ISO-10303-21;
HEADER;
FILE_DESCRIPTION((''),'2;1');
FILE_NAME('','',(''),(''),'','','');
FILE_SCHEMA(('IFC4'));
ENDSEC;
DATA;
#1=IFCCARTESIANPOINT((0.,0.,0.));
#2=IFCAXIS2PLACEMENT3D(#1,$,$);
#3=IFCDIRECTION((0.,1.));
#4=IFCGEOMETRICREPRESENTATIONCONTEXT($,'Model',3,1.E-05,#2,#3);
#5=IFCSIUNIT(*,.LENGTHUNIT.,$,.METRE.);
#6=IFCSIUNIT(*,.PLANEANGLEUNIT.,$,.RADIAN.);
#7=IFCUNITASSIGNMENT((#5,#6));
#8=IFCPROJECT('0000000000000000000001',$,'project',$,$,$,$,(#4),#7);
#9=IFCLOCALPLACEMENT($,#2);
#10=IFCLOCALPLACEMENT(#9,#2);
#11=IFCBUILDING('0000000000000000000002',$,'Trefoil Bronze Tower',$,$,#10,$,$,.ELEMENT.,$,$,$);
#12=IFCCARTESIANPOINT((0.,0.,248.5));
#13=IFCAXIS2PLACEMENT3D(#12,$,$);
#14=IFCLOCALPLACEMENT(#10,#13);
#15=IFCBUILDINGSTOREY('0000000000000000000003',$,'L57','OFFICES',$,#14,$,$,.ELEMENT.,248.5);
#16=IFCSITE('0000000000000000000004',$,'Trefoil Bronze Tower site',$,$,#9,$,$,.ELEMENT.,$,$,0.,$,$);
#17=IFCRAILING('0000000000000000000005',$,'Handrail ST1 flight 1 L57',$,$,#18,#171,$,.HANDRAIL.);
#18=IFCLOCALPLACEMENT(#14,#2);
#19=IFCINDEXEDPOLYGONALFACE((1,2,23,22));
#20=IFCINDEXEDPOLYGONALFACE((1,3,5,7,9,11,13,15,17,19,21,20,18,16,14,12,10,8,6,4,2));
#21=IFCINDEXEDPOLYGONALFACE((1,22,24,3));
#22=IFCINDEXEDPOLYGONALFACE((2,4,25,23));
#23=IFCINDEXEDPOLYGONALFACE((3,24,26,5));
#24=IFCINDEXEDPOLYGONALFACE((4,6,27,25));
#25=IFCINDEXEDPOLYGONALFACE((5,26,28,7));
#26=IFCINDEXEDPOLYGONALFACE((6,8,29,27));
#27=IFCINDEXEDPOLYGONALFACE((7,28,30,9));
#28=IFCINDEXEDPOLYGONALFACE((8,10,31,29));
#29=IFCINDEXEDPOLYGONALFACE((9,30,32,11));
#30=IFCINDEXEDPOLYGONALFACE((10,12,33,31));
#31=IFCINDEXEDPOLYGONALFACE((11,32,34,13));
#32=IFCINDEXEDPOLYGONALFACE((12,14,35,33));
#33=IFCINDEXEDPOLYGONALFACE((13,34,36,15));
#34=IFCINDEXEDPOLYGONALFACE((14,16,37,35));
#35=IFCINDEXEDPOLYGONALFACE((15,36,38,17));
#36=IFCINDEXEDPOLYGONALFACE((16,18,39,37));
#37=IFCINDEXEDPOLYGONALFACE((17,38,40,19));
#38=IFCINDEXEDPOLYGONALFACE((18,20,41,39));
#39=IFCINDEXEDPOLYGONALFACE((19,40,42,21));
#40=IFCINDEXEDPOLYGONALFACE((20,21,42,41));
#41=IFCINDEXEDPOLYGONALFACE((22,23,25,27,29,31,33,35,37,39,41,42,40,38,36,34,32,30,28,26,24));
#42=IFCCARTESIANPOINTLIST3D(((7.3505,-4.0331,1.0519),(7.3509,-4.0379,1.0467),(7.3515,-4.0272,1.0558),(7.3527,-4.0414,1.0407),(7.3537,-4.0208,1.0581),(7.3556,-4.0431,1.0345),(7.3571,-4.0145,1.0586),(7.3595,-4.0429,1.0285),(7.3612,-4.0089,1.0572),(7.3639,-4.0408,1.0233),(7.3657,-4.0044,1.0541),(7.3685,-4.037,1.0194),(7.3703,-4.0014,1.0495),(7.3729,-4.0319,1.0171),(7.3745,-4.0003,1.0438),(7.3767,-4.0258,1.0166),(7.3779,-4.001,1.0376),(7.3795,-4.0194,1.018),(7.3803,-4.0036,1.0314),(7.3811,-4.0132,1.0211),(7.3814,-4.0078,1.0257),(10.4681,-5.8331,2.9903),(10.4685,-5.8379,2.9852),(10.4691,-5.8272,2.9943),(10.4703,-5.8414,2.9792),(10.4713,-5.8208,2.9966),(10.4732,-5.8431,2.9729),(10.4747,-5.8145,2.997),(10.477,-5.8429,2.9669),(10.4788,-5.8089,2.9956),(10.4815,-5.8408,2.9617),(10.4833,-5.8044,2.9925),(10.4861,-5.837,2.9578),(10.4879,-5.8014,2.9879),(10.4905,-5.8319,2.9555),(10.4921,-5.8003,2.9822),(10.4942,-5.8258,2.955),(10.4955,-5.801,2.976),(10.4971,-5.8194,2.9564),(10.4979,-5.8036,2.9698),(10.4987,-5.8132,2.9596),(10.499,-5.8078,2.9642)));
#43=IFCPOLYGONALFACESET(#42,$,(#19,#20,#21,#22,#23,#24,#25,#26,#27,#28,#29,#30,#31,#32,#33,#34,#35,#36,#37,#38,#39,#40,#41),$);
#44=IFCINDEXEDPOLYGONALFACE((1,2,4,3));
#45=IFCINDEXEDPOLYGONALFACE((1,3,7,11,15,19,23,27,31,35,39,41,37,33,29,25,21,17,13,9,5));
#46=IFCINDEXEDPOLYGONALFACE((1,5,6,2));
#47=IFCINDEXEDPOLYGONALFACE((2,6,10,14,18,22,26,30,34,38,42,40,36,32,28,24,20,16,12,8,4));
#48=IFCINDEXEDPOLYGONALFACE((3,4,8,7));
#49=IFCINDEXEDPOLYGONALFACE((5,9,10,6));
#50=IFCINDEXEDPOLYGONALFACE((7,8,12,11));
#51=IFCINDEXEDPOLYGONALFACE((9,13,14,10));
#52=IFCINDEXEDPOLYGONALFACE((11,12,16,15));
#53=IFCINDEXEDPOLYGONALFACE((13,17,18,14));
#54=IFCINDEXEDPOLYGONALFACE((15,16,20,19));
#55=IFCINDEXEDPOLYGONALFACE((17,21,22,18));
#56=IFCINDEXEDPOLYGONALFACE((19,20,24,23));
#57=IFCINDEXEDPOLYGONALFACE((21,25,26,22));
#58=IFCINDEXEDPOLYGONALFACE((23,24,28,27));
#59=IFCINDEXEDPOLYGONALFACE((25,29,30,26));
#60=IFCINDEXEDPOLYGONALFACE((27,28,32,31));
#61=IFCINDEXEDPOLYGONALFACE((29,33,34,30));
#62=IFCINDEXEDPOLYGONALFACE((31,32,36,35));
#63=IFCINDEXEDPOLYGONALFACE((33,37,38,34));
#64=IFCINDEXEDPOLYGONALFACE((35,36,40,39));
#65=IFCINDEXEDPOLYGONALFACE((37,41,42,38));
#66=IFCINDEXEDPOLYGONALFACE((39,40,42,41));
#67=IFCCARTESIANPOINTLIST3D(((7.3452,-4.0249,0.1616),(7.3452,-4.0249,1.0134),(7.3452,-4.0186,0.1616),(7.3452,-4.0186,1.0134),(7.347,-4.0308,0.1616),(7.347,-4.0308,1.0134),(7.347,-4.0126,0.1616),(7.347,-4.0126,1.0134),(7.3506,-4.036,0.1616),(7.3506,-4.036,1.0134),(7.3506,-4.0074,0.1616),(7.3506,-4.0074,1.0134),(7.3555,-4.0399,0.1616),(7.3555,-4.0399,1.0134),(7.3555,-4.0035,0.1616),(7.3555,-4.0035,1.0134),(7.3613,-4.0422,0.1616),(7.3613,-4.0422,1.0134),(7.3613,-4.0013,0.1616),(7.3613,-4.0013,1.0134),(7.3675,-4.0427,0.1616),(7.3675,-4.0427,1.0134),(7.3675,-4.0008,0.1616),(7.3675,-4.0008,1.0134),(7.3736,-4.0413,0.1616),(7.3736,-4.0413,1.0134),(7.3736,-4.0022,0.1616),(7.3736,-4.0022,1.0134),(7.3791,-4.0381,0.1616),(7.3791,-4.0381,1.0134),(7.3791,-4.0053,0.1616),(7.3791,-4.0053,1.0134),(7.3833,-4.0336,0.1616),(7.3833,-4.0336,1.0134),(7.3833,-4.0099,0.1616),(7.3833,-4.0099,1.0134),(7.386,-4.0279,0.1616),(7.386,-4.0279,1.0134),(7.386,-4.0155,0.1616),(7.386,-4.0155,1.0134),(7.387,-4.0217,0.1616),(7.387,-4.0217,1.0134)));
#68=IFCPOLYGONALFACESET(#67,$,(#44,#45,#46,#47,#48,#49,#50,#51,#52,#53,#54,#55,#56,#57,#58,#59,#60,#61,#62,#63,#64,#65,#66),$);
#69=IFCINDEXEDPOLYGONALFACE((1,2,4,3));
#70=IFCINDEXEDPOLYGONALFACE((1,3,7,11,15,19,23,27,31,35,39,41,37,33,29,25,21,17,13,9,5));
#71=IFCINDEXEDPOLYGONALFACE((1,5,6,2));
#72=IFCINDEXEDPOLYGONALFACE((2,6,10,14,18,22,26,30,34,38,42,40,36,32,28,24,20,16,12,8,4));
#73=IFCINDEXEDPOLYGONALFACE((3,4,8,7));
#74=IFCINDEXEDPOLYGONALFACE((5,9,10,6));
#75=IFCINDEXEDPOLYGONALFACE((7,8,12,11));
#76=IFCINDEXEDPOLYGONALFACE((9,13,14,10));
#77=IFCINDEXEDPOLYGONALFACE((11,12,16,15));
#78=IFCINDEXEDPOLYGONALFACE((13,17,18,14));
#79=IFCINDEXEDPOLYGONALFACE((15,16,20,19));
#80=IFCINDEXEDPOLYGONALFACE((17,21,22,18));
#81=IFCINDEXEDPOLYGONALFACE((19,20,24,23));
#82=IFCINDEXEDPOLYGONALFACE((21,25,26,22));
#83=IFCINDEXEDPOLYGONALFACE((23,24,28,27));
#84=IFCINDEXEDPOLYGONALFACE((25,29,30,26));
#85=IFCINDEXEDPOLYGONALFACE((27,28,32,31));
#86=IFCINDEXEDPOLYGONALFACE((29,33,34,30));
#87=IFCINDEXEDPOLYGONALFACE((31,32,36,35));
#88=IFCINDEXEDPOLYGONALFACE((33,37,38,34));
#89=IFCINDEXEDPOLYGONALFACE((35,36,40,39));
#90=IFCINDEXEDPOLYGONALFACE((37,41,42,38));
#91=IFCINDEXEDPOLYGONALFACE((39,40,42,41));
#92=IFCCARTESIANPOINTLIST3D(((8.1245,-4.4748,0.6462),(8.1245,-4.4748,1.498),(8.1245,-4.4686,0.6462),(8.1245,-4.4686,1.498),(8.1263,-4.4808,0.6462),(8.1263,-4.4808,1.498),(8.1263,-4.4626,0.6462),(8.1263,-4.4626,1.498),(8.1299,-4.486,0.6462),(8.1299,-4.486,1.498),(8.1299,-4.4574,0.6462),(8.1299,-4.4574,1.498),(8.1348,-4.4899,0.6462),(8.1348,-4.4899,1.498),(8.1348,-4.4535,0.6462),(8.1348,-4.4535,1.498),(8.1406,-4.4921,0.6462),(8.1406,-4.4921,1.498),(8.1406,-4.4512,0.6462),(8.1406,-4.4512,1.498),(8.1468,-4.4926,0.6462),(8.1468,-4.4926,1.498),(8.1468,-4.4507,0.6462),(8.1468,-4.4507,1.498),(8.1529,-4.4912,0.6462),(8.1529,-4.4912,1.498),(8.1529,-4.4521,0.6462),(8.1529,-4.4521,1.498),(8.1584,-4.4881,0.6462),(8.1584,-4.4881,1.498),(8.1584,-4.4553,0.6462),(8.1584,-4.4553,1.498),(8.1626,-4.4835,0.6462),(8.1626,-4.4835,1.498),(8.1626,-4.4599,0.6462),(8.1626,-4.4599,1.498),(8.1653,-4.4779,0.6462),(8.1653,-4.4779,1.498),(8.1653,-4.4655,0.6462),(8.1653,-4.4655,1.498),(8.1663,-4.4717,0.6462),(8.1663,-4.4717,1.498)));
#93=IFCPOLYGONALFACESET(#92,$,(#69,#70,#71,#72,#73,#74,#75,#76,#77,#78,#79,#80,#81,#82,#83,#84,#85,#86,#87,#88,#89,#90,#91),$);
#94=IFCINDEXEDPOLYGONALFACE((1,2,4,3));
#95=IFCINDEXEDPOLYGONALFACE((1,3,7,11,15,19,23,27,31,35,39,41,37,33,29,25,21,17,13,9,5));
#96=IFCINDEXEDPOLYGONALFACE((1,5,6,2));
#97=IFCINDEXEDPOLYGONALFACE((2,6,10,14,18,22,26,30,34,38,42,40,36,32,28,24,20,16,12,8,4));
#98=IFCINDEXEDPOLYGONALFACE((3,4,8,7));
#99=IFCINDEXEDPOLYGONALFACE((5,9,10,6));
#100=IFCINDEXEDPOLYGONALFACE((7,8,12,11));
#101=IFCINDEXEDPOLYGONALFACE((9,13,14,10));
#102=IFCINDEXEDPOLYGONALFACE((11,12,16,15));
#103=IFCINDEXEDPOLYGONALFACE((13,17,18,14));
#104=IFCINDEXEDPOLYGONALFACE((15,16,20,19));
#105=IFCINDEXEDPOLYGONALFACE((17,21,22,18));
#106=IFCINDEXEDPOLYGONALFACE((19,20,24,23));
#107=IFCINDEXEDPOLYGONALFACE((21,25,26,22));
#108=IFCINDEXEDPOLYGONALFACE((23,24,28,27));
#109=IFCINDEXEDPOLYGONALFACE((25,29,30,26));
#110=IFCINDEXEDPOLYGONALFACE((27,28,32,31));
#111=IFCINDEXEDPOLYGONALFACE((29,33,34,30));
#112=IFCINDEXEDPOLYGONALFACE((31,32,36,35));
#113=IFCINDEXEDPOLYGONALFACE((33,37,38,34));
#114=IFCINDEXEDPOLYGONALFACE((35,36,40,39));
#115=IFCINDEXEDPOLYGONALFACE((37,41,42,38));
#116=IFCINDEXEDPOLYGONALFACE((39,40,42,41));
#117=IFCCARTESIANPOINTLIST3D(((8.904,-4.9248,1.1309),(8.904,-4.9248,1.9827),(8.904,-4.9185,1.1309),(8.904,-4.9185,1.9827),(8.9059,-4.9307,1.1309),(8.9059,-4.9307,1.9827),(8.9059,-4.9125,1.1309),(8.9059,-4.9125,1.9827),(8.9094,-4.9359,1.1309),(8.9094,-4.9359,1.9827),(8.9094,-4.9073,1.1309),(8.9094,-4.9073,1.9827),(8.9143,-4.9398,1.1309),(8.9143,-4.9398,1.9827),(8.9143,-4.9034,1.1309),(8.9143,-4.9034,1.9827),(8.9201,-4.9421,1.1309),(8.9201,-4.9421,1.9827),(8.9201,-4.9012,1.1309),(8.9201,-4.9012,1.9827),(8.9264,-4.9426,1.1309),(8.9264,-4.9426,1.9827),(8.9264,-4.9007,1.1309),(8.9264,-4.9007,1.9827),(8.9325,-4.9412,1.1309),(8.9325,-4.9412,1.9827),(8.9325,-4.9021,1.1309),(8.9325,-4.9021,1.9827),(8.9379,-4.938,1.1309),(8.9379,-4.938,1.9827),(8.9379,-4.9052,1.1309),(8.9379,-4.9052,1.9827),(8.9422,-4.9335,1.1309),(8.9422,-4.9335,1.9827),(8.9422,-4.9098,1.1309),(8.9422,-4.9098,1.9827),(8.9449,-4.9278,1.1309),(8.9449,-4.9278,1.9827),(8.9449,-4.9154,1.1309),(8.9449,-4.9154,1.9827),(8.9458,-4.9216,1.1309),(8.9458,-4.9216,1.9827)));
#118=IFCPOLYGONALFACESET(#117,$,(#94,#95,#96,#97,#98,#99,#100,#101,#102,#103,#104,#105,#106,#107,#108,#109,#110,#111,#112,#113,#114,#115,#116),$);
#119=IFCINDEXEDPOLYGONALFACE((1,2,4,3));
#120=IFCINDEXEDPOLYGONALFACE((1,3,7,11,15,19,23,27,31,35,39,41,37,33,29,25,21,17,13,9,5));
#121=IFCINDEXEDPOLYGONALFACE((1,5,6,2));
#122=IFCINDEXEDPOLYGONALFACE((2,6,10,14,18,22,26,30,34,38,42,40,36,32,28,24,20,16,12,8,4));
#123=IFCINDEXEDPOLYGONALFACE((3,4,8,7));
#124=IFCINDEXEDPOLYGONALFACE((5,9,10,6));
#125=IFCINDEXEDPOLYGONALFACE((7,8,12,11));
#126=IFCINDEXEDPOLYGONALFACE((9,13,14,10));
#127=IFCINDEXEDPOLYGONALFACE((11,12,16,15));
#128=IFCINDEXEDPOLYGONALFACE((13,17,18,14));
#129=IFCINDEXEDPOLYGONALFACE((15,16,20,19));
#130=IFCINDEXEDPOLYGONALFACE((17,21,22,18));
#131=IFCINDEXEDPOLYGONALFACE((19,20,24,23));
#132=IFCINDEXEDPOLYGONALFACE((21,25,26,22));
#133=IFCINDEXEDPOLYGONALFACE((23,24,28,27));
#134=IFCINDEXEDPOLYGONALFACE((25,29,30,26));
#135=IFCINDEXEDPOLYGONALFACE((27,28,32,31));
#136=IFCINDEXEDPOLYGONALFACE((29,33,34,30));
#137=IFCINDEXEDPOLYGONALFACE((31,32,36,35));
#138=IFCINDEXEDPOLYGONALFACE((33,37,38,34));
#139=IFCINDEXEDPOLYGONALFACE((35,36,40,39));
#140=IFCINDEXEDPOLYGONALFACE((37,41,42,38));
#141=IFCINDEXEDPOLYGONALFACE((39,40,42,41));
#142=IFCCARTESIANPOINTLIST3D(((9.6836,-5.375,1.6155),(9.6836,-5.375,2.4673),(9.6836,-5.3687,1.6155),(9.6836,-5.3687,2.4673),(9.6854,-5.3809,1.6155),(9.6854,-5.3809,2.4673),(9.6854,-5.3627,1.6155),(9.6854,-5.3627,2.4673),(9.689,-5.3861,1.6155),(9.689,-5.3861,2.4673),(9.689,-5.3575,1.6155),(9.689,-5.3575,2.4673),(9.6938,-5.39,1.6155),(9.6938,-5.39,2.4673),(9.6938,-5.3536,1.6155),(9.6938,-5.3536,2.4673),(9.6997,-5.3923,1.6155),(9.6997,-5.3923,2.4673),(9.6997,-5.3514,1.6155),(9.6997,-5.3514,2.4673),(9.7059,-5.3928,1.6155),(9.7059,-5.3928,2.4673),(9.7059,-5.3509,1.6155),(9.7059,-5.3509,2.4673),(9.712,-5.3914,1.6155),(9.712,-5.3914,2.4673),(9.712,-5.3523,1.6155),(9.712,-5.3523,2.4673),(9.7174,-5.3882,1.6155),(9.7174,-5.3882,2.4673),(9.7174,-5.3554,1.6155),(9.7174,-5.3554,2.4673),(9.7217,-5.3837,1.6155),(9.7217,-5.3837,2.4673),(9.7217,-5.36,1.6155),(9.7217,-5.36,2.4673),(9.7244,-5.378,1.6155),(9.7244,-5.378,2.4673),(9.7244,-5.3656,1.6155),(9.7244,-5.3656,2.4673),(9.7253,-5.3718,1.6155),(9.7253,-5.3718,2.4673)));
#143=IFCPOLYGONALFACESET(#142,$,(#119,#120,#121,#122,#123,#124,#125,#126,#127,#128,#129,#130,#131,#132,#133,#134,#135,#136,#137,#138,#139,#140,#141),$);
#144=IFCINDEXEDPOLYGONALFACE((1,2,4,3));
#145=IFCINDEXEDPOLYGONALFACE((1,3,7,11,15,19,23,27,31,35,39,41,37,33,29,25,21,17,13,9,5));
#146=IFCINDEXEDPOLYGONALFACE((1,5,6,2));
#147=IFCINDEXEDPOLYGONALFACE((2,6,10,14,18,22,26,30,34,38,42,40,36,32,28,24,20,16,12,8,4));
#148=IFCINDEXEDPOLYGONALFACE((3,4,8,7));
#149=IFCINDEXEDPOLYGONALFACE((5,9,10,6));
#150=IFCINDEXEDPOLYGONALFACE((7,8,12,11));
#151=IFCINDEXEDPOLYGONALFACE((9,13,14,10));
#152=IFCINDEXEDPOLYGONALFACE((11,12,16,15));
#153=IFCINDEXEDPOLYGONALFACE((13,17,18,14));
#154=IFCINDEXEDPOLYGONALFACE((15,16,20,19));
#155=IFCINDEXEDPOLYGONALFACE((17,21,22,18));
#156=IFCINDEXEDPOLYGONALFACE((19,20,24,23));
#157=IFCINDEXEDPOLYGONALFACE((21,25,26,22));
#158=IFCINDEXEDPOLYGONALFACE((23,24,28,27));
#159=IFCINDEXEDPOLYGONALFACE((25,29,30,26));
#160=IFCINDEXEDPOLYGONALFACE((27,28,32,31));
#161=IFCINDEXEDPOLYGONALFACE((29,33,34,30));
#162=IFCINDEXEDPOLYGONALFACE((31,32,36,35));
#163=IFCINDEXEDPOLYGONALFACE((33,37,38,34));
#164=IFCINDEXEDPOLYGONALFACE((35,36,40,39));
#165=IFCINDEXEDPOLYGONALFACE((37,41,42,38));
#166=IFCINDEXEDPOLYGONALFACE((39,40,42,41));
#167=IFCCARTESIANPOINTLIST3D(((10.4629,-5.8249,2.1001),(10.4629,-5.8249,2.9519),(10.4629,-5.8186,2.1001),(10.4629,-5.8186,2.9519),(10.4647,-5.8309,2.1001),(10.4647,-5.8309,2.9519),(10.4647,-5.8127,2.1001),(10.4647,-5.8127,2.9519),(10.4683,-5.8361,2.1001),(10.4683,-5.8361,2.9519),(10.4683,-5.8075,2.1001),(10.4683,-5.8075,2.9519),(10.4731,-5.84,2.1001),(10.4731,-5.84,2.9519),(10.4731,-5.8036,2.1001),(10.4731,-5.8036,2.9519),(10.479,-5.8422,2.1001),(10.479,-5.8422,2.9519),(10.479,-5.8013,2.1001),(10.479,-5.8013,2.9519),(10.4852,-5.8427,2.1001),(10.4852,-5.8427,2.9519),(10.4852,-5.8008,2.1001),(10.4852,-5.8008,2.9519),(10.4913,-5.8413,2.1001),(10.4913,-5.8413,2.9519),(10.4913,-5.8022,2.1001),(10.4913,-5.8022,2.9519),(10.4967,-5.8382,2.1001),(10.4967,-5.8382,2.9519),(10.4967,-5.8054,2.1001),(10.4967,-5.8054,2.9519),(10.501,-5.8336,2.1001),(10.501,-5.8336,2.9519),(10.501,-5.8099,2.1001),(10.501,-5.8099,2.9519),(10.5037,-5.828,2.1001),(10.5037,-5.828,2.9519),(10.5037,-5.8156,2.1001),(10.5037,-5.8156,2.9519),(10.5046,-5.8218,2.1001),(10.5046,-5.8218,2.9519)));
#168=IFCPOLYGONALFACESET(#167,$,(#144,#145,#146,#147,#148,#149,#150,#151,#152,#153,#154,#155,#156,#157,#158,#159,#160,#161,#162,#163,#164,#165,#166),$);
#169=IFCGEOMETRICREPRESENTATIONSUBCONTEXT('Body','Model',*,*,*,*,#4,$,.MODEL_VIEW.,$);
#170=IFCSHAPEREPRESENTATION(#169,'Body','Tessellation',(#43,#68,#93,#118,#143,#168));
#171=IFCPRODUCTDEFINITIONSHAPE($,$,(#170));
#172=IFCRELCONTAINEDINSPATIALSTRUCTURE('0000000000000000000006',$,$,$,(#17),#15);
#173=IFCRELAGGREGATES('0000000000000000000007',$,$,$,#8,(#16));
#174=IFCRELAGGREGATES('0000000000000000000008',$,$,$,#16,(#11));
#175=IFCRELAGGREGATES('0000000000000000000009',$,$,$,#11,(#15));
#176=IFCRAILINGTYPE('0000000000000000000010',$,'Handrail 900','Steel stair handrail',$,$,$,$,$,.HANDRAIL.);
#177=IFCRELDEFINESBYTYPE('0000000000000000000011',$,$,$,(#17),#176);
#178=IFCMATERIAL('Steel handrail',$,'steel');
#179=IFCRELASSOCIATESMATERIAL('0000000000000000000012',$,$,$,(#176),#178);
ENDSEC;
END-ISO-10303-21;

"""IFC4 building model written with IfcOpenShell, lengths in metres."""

from ifc_helpers import new_model, si_unit, direction, frame, origin, origin_2d, place, context, subcontext, project, spatial, circle, extrude, material, type_object, element, save


model = new_model("IFC4")

# Units and contexts
model_context = context("Model", 3, precision=1e-05, world=origin(), true_north=direction((0.0, 1.0)))
body_context = subcontext(model_context, "Body", "Model", "MODEL_VIEW")
ifc_project = project(units=[si_unit("LENGTHUNIT", "METRE"), si_unit("PLANEANGLEUNIT", "RADIAN")], contexts=[model_context])

# Site, building, storey
site_placement = place(None, origin())
site = spatial("IfcSite", under=ifc_project, at=site_placement, Name="Trefoil Bronze Tower site", CompositionType="ELEMENT", RefElevation=0.0)
building_placement = place(site_placement, origin())
building = spatial("IfcBuilding", under=site, at=building_placement, Name="Trefoil Bronze Tower", CompositionType="ELEMENT")
storey_placement = place(building_placement, frame((0.0, 0.0, 248.5)))
storey = spatial("IfcBuildingStorey", under=building, at=storey_placement, Name="L57", Description="OFFICES", CompositionType="ELEMENT", Elevation=248.5)

# Railing
ifc_material_1 = material(Name="Steel handrail", Category="steel")
railing_type = type_object("IfcRailingType", Name="Handrail 900", Description="Steel stair handrail", PredefinedType="HANDRAIL", material=ifc_material_1)
railing_1_placement = place(storey_placement, frame((7.366, -4.0217, 0.1616)))
element("IfcRailing", 1, at=railing_1_placement, inside=storey, type_object=railing_type, Name="Handrail ST1 flight 1 L57", PredefinedType="HANDRAIL", context=body_context, shape_type="SweptSolid", body=[
    extrude(circle(Radius=0.0239, at=origin_2d()), frame((0.0, 0.0, 0.876), z_axis=(0.762503, -0.440246, 0.474102), x_axis=(0.500012, 0.866018, 0.0)), (0.0, 0.0, 1.0), 4.0886),
    extrude(circle(Radius=0.021, at=origin_2d()), origin(), (0.0, 0.0, 1.0), 0.8518),
    extrude(circle(Radius=0.021, at=origin_2d()), frame((0.7793, -0.45, 0.4846)), (0.0, 0.0, 1.0), 0.8518),
    extrude(circle(Radius=0.021, at=origin_2d()), frame((1.5588, -0.8999, 0.9692)), (0.0, 0.0, 1.0), 0.8518),
    extrude(circle(Radius=0.021, at=origin_2d()), frame((2.3384, -1.3501, 1.4539)), (0.0, 0.0, 1.0), 0.8518),
    extrude(circle(Radius=0.021, at=origin_2d()), frame((3.1177, -1.8, 1.9385)), (0.0, 0.0, 1.0), 0.8518),
])

save(model, "model.ifc")
